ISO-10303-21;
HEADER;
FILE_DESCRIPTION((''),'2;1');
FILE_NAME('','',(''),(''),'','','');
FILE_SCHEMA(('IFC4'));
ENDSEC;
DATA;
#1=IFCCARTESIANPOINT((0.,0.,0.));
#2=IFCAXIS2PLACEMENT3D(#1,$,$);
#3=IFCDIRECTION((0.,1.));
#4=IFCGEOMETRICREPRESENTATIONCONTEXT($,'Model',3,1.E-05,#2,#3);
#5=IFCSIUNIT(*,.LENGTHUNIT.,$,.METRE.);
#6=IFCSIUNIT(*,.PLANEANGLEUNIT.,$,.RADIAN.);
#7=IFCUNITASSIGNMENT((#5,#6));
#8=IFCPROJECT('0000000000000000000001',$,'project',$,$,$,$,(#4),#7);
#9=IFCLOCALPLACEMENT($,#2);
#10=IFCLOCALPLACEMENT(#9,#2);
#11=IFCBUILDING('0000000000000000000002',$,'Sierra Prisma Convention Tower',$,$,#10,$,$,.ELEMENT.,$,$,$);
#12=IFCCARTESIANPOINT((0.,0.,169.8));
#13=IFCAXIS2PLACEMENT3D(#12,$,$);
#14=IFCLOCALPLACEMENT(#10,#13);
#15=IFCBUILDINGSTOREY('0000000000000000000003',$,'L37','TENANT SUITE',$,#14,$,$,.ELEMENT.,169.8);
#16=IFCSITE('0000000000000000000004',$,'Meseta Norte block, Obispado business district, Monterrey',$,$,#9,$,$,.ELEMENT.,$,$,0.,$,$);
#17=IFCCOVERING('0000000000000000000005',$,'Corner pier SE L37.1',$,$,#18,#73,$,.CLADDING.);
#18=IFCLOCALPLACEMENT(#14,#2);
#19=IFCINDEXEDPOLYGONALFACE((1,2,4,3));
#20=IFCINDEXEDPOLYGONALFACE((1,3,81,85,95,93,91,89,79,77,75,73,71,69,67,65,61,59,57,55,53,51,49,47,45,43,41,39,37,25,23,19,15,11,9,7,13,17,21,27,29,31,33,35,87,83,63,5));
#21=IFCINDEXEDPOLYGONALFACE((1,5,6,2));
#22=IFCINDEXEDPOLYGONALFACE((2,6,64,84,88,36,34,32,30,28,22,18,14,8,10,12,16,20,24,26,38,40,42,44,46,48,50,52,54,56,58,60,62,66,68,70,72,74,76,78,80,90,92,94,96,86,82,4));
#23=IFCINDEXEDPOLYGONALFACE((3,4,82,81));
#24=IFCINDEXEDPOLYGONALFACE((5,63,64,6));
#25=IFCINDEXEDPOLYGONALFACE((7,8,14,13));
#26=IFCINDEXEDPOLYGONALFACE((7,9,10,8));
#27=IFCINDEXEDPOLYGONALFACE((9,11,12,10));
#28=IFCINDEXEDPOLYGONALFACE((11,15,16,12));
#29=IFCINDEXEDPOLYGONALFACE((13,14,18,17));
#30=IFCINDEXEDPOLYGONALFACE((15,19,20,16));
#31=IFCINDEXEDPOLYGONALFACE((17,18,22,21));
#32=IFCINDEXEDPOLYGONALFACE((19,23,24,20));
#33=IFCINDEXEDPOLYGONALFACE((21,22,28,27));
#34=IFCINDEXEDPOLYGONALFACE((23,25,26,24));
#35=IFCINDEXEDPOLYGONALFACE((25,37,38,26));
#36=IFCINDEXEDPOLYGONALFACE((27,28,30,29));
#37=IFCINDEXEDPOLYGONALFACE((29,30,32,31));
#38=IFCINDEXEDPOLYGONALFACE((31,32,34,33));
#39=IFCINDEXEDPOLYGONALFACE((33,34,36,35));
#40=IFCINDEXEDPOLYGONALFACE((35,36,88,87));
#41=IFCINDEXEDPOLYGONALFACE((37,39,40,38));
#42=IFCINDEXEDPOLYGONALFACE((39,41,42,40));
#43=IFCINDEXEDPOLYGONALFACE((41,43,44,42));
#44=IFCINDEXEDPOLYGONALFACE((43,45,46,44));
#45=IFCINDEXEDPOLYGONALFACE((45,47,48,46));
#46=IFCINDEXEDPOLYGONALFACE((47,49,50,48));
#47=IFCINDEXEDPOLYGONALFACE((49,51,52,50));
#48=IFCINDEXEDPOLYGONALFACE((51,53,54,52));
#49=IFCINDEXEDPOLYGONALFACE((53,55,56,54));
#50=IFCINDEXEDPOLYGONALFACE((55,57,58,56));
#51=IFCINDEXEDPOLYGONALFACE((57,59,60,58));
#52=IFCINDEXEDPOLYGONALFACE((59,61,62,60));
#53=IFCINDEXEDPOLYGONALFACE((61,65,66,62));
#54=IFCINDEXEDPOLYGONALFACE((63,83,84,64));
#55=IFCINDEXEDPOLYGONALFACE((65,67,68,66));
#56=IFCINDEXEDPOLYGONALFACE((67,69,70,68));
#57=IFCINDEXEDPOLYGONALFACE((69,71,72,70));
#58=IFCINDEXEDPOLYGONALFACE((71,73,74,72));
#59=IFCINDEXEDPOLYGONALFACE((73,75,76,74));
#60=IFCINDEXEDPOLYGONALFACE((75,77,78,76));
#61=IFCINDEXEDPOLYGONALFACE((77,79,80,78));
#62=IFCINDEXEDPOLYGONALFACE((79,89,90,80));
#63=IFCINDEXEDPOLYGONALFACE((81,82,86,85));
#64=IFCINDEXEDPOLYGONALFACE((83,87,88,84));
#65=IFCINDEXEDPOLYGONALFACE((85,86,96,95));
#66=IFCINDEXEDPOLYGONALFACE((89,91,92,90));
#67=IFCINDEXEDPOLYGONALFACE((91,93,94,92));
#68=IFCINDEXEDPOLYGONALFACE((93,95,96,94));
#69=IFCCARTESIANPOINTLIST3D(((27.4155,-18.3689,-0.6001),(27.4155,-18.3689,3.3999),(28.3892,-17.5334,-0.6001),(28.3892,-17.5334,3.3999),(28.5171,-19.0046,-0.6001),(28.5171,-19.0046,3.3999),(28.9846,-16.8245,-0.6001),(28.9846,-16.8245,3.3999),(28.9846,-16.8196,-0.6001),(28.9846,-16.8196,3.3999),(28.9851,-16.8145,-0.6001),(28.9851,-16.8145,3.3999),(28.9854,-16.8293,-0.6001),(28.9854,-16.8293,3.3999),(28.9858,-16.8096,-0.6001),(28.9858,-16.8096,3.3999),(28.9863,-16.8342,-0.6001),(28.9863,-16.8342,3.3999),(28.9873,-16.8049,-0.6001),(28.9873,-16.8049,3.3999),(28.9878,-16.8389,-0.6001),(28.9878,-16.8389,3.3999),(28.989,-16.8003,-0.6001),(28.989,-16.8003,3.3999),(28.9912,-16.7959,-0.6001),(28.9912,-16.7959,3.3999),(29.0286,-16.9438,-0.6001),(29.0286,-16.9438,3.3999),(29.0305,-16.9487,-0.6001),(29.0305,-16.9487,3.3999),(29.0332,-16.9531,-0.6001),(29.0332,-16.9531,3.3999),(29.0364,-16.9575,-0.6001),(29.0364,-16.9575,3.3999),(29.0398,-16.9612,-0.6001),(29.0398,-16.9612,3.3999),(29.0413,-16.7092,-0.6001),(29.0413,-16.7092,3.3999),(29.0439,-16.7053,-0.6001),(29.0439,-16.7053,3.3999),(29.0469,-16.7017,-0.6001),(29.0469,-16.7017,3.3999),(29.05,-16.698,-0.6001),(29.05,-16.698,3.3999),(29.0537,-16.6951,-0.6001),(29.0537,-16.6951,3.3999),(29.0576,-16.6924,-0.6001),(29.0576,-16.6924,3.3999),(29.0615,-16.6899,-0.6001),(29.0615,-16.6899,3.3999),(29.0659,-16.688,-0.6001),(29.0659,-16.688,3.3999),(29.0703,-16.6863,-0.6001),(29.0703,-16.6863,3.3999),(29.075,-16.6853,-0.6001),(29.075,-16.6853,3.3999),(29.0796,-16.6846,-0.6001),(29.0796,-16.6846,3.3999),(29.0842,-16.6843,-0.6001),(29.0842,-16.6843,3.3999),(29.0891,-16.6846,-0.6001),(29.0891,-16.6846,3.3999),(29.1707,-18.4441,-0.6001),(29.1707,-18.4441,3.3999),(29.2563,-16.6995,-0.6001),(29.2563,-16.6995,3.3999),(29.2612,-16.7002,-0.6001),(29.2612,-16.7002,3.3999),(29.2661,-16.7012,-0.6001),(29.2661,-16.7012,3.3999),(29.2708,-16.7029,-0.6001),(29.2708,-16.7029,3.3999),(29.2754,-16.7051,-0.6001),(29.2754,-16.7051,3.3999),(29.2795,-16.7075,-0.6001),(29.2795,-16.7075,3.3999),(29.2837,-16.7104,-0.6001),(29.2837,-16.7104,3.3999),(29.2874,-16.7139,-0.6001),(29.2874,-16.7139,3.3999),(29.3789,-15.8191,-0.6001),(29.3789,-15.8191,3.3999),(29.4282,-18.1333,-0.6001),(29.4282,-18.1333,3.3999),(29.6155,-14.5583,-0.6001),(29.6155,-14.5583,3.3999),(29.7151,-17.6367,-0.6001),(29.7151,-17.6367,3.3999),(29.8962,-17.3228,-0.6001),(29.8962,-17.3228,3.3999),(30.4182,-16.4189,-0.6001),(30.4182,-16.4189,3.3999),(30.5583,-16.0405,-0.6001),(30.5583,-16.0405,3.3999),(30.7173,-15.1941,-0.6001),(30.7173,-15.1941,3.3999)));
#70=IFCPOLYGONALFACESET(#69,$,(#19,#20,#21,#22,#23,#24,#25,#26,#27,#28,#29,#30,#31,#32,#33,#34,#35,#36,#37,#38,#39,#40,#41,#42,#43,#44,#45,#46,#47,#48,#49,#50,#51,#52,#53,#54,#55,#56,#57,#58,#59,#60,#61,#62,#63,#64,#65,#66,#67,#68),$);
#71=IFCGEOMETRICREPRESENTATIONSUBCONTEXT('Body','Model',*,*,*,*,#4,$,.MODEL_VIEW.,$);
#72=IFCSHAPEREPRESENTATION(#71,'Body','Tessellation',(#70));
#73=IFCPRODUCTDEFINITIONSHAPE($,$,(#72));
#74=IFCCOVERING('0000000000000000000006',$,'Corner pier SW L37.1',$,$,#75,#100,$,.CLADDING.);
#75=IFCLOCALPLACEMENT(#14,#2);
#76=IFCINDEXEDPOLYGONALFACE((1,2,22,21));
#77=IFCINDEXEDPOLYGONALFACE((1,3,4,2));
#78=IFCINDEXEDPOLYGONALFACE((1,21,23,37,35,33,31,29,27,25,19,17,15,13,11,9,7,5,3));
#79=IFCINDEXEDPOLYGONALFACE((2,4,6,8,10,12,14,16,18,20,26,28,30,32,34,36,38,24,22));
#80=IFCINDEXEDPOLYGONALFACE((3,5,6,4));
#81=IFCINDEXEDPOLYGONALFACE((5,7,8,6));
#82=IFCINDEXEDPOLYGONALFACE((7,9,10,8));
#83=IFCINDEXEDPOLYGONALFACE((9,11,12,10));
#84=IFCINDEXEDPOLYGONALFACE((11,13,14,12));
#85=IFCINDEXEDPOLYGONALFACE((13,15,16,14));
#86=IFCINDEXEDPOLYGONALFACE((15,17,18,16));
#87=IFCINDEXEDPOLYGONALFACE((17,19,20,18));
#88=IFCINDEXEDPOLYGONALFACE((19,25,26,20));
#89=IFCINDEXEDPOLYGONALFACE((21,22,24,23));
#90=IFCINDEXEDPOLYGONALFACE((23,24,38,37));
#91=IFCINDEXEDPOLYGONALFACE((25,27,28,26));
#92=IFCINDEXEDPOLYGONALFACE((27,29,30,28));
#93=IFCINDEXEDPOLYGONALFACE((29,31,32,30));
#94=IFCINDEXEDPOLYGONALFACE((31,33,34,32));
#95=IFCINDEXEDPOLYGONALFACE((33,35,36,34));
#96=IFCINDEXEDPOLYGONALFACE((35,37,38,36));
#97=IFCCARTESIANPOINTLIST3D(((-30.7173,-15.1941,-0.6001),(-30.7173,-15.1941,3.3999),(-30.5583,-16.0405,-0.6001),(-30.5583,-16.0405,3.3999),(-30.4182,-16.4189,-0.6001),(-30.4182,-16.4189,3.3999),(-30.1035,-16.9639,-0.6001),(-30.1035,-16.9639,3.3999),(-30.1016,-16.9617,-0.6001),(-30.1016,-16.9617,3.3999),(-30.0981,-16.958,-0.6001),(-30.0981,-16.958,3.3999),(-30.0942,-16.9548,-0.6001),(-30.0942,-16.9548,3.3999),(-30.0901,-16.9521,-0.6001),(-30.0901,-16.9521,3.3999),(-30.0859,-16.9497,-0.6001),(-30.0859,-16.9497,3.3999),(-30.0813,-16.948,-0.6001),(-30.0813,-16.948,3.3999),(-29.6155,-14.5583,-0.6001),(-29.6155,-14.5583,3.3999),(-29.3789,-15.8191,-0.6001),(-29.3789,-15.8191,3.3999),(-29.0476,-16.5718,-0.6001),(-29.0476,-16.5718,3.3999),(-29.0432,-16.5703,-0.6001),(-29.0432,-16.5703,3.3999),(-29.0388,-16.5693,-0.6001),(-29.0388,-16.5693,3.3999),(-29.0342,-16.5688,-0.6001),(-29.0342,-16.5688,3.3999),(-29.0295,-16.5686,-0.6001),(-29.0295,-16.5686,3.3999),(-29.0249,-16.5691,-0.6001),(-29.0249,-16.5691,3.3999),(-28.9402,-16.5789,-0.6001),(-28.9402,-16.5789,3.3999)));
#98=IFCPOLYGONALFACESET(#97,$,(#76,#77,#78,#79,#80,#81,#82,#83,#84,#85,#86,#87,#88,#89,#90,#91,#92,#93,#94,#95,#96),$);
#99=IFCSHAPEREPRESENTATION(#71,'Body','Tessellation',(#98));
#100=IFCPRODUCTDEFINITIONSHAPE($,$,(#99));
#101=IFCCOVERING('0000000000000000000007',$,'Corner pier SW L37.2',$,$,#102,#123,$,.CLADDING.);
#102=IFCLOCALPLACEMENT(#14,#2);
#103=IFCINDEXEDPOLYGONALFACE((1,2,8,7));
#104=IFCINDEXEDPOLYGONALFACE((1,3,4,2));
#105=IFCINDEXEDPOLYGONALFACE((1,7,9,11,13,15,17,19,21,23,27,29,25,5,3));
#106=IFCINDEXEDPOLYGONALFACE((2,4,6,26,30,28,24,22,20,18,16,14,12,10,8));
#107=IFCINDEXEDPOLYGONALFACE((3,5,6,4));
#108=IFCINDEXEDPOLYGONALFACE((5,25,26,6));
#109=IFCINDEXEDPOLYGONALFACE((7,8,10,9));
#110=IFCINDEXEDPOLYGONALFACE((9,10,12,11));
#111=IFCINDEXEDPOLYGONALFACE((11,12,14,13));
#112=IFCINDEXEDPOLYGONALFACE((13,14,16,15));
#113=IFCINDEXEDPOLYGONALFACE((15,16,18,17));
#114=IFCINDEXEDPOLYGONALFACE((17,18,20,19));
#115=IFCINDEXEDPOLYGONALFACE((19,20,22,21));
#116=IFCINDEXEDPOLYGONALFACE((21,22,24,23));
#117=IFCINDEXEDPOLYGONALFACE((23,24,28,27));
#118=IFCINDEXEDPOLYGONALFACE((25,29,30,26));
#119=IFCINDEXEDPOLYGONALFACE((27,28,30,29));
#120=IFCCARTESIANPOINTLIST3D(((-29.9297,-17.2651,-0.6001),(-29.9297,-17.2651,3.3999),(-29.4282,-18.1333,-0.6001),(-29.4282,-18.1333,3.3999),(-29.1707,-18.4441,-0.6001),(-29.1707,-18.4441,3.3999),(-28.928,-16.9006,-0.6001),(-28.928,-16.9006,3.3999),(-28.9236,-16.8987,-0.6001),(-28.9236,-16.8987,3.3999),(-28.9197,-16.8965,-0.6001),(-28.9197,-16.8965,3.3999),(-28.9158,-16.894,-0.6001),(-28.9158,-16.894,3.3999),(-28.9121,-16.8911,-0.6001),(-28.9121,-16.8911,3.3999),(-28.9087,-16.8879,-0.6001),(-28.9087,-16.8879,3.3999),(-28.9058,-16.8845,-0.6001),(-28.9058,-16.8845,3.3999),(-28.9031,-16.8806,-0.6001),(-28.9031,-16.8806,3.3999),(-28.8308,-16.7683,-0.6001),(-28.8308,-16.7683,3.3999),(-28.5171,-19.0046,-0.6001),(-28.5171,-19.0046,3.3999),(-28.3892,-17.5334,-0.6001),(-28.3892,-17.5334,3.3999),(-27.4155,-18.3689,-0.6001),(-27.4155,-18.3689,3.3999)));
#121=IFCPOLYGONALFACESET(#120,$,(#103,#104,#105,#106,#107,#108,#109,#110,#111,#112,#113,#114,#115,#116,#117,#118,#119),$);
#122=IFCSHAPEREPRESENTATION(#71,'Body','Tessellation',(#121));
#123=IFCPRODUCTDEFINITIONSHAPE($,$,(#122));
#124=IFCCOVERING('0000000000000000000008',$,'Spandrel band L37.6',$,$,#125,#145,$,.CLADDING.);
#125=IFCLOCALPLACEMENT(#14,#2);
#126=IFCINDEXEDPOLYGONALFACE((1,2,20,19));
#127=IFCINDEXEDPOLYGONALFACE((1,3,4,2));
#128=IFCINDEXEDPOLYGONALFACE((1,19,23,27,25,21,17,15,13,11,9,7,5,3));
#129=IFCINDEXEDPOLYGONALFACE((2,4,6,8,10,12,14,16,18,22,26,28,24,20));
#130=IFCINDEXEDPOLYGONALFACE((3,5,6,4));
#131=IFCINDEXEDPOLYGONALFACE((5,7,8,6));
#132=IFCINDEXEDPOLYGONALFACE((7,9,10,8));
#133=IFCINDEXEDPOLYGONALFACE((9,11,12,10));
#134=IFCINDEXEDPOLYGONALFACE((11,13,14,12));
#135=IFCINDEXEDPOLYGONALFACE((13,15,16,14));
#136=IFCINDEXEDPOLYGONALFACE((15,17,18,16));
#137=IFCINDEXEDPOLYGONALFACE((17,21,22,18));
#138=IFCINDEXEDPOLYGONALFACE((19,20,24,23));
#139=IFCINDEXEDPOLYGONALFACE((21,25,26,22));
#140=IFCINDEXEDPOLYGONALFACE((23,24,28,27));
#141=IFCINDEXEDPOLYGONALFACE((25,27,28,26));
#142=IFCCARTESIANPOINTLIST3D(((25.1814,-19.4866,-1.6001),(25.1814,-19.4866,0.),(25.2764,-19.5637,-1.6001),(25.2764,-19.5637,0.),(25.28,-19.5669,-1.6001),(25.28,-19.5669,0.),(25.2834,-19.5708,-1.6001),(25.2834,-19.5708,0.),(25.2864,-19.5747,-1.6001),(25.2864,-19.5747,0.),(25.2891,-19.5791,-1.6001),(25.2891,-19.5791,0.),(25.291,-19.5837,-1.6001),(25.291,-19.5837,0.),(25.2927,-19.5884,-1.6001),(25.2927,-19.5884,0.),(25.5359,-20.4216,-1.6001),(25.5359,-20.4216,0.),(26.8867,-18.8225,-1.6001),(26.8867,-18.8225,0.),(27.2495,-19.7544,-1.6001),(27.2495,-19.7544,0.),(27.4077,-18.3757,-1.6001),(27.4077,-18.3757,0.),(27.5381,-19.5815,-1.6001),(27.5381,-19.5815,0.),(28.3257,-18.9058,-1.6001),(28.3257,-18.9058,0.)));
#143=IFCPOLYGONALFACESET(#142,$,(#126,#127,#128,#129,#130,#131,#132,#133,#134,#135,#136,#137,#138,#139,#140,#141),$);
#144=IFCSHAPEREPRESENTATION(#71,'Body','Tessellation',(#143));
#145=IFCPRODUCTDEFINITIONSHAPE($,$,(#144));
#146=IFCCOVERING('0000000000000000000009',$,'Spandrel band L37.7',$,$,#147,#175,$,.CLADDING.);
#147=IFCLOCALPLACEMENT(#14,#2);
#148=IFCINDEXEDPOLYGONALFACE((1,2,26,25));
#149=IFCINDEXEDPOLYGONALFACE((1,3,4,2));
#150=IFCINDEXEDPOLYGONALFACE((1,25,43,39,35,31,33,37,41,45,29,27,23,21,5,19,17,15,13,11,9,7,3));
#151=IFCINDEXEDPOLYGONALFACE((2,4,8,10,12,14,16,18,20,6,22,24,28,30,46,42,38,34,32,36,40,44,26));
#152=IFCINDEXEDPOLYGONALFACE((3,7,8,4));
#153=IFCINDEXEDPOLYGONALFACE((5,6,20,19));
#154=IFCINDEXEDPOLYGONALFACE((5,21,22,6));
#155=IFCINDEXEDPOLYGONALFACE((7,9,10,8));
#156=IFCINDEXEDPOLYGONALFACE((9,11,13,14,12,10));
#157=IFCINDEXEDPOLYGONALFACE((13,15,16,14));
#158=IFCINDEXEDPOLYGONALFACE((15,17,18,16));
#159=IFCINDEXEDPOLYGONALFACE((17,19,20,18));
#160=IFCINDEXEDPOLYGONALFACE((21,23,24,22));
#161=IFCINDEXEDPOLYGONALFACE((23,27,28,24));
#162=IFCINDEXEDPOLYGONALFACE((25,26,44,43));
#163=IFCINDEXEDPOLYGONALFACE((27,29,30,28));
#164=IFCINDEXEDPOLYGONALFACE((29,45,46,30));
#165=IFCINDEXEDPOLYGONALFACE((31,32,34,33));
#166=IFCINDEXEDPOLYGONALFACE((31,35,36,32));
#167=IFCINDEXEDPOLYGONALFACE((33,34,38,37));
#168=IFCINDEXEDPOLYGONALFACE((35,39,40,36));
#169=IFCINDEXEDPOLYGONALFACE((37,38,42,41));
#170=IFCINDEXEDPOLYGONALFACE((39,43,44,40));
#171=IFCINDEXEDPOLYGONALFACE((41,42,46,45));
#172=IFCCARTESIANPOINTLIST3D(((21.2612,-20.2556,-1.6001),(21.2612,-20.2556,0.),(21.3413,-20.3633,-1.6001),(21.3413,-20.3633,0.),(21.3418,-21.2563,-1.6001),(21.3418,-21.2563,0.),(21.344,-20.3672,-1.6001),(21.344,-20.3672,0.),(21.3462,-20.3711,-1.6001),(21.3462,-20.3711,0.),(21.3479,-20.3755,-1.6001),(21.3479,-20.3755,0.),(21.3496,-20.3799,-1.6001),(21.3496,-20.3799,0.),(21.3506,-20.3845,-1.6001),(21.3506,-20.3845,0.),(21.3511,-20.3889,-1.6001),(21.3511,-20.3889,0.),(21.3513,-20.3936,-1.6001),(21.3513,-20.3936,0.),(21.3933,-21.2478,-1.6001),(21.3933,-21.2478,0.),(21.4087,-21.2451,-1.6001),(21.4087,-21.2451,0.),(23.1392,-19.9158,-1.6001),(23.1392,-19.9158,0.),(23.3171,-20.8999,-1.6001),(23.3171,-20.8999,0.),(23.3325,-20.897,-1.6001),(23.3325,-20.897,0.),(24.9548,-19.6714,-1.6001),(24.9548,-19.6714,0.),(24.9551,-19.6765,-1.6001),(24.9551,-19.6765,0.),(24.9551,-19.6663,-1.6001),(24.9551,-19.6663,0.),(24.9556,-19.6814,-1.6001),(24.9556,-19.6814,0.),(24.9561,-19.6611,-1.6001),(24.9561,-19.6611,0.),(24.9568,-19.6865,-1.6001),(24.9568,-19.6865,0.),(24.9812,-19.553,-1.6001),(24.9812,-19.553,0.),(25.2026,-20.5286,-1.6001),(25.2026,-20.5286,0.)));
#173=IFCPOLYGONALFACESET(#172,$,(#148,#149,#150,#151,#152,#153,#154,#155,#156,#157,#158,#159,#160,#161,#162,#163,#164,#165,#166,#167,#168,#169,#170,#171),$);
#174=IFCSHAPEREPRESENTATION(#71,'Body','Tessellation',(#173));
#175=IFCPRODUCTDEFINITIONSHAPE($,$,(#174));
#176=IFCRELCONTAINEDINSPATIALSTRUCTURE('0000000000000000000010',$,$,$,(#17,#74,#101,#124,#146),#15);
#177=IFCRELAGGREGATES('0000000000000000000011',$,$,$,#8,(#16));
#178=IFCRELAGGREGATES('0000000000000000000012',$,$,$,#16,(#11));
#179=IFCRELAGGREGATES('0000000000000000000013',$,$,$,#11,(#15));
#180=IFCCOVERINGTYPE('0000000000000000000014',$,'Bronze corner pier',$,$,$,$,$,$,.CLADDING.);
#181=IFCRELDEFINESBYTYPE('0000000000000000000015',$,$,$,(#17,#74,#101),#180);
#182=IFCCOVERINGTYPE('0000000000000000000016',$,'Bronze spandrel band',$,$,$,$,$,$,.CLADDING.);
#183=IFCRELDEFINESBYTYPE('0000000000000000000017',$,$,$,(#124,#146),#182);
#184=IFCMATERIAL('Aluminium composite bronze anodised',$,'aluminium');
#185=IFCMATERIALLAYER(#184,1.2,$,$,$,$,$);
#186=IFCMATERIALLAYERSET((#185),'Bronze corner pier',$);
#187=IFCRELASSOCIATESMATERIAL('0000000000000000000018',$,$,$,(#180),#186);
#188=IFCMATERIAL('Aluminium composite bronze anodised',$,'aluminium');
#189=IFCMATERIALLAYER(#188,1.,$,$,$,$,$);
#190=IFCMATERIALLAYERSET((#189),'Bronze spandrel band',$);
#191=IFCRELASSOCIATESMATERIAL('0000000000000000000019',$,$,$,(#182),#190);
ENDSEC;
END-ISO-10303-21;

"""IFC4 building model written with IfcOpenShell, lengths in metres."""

from ifc_helpers import new_model, si_unit, direction, frame, origin, place, context, subcontext, project, spatial, polyline, outline, extrude, material, layer, layer_set, type_object, element, save


model = new_model("IFC4")

# Units and contexts
model_context = context("Model", 3, precision=1e-05, world=origin(), true_north=direction((0.0, 1.0)))
body_context = subcontext(model_context, "Body", "Model", "MODEL_VIEW")
ifc_project = project(units=[si_unit("LENGTHUNIT", "METRE"), si_unit("PLANEANGLEUNIT", "RADIAN")], contexts=[model_context])

# Site, building, storey
site_placement = place(None, origin())
site = spatial("IfcSite", under=ifc_project, at=site_placement, Name="Meseta Norte block, Obispado business district, Monterrey", CompositionType="ELEMENT", RefElevation=0.0)
building_placement = place(site_placement, origin())
building = spatial("IfcBuilding", under=site, at=building_placement, Name="Sierra Prisma Convention Tower", CompositionType="ELEMENT")
storey_placement = place(building_placement, frame((0.0, 0.0, 169.8)))
storey = spatial("IfcBuildingStorey", under=building, at=storey_placement, Name="L37", Description="TENANT SUITE", CompositionType="ELEMENT", Elevation=169.8)

# Coverings
ifc_material_1 = material(Name="Aluminium composite bronze anodised", Category="aluminium")
ifc_layer_1 = layer(ifc_material_1, 1.2)
ifc_layer_set_1 = layer_set([ifc_layer_1], Name="Bronze corner pier")
covering_type_1 = type_object("IfcCoveringType", Name="Bronze corner pier", PredefinedType="CLADDING", material=ifc_layer_set_1)
covering_1_placement = place(storey_placement, frame((0.0, 0.0, -0.6001)))
element("IfcCovering", 1, at=covering_1_placement, inside=storey, type_object=covering_type_1, Name="Corner pier SE L37.1", PredefinedType="CLADDING", context=body_context, shape_type="SweptSolid", body=[
    extrude(outline(polyline([(29.0659, -16.688), (29.0615, -16.6899), (29.0576, -16.6924), (29.0537, -16.6951), (29.05, -16.698), (29.0469, -16.7017), (29.0439, -16.7053), (29.0413, -16.7092), (28.9912, -16.7959), (28.989, -16.8003), (28.9873, -16.8049), (28.9858, -16.8096), (28.9851, -16.8145), (28.9846, -16.8196), (28.9846, -16.8245), (28.9854, -16.8293), (28.9863, -16.8342), (28.9878, -16.8389), (29.0286, -16.9438), (29.0305, -16.9487), (29.0332, -16.9531), (29.0364, -16.9575), (29.0398, -16.9612), (29.7151, -17.6367), (29.4282, -18.1333), (29.1707, -18.4441), (28.5171, -19.0046), (27.4155, -18.3689), (28.3892, -17.5334), (29.3789, -15.8191), (29.6155, -14.5583), (30.7173, -15.1941), (30.5583, -16.0405), (30.4182, -16.4189), (29.8962, -17.3228), (29.2874, -16.7139), (29.2837, -16.7104), (29.2795, -16.7075), (29.2754, -16.7051), (29.2708, -16.7029), (29.2661, -16.7012), (29.2612, -16.7002), (29.2563, -16.6995), (29.0891, -16.6846), (29.0842, -16.6843), (29.0796, -16.6846), (29.075, -16.6853), (29.0703, -16.6863), (29.0659, -16.688)])), origin(), (0.0, 0.0, 1.0), 4.0),
])
covering_2_placement = place(storey_placement, frame((0.0, 0.0, -0.6001)))
element("IfcCovering", 2, at=covering_2_placement, inside=storey, type_object=covering_type_1, Name="Corner pier SW L37.1", PredefinedType="CLADDING", context=body_context, shape_type="SweptSolid", body=[
    extrude(outline(polyline([(-29.3789, -15.8191), (-28.9402, -16.5789), (-29.0249, -16.5691), (-29.0295, -16.5686), (-29.0342, -16.5688), (-29.0388, -16.5693), (-29.0432, -16.5703), (-29.0476, -16.5718), (-30.0813, -16.948), (-30.0859, -16.9497), (-30.0901, -16.9521), (-30.0942, -16.9548), (-30.0981, -16.958), (-30.1016, -16.9617), (-30.1035, -16.9639), (-30.4182, -16.4189), (-30.5583, -16.0405), (-30.7173, -15.1941), (-29.6155, -14.5583), (-29.3789, -15.8191)])), origin(), (0.0, 0.0, 1.0), 4.0),
])
covering_3_placement = place(storey_placement, frame((0.0, 0.0, -0.6001)))
element("IfcCovering", 3, at=covering_3_placement, inside=storey, type_object=covering_type_1, Name="Corner pier SW L37.2", PredefinedType="CLADDING", context=body_context, shape_type="SweptSolid", body=[
    extrude(outline(polyline([(-27.4155, -18.3689), (-28.5171, -19.0046), (-29.1707, -18.4441), (-29.4282, -18.1333), (-29.9297, -17.2651), (-28.928, -16.9006), (-28.9236, -16.8987), (-28.9197, -16.8965), (-28.9158, -16.894), (-28.9121, -16.8911), (-28.9087, -16.8879), (-28.9058, -16.8845), (-28.9031, -16.8806), (-28.8308, -16.7683), (-28.3892, -17.5334), (-27.4155, -18.3689)])), origin(), (0.0, 0.0, 1.0), 4.0),
])
ifc_material_2 = material(Name="Aluminium composite bronze anodised", Category="aluminium")
ifc_layer_2 = layer(ifc_material_2, 1.0)
ifc_layer_set_2 = layer_set([ifc_layer_2], Name="Bronze spandrel band")
covering_type_2 = type_object("IfcCoveringType", Name="Bronze spandrel band", PredefinedType="CLADDING", material=ifc_layer_set_2)
covering_4_placement = place(storey_placement, frame((0.0, 0.0, -1.6001)))
element("IfcCovering", 4, at=covering_4_placement, inside=storey, type_object=covering_type_2, Name="Spandrel band L37.6", PredefinedType="CLADDING", context=body_context, shape_type="SweptSolid", body=[
    extrude(outline(polyline([(25.2927, -19.5884), (25.291, -19.5837), (25.2891, -19.5791), (25.2864, -19.5747), (25.2834, -19.5708), (25.28, -19.5669), (25.2764, -19.5637), (25.1814, -19.4866), (26.8867, -18.8225), (27.4077, -18.3757), (28.3257, -18.9058), (27.5381, -19.5815), (27.2495, -19.7544), (25.5359, -20.4216), (25.2927, -19.5884)])), origin(), (0.0, 0.0, 1.0), 1.6001),
])
covering_5_placement = place(storey_placement, frame((0.0, 0.0, -1.6001)))
element("IfcCovering", 5, at=covering_5_placement, inside=storey, type_object=covering_type_2, Name="Spandrel band L37.7", PredefinedType="CLADDING", context=body_context, shape_type="SweptSolid", body=[
    extrude(outline(polyline([(21.3479, -20.3755), (21.3462, -20.3711), (21.344, -20.3672), (21.3413, -20.3633), (21.2612, -20.2556), (23.1392, -19.9158), (24.9812, -19.553), (24.9561, -19.6611), (24.9551, -19.6663), (24.9548, -19.6714), (24.9551, -19.6765), (24.9556, -19.6814), (24.9568, -19.6865), (25.2026, -20.5286), (23.3325, -20.897), (23.3171, -20.8999), (21.4087, -21.2451), (21.3933, -21.2478), (21.3418, -21.2563), (21.3513, -20.3936), (21.3511, -20.3889), (21.3506, -20.3845), (21.3496, -20.3799), (21.3479, -20.3755)])), origin(), (0.0, 0.0, 1.0), 1.6001),
])

save(model, "model.ifc")
